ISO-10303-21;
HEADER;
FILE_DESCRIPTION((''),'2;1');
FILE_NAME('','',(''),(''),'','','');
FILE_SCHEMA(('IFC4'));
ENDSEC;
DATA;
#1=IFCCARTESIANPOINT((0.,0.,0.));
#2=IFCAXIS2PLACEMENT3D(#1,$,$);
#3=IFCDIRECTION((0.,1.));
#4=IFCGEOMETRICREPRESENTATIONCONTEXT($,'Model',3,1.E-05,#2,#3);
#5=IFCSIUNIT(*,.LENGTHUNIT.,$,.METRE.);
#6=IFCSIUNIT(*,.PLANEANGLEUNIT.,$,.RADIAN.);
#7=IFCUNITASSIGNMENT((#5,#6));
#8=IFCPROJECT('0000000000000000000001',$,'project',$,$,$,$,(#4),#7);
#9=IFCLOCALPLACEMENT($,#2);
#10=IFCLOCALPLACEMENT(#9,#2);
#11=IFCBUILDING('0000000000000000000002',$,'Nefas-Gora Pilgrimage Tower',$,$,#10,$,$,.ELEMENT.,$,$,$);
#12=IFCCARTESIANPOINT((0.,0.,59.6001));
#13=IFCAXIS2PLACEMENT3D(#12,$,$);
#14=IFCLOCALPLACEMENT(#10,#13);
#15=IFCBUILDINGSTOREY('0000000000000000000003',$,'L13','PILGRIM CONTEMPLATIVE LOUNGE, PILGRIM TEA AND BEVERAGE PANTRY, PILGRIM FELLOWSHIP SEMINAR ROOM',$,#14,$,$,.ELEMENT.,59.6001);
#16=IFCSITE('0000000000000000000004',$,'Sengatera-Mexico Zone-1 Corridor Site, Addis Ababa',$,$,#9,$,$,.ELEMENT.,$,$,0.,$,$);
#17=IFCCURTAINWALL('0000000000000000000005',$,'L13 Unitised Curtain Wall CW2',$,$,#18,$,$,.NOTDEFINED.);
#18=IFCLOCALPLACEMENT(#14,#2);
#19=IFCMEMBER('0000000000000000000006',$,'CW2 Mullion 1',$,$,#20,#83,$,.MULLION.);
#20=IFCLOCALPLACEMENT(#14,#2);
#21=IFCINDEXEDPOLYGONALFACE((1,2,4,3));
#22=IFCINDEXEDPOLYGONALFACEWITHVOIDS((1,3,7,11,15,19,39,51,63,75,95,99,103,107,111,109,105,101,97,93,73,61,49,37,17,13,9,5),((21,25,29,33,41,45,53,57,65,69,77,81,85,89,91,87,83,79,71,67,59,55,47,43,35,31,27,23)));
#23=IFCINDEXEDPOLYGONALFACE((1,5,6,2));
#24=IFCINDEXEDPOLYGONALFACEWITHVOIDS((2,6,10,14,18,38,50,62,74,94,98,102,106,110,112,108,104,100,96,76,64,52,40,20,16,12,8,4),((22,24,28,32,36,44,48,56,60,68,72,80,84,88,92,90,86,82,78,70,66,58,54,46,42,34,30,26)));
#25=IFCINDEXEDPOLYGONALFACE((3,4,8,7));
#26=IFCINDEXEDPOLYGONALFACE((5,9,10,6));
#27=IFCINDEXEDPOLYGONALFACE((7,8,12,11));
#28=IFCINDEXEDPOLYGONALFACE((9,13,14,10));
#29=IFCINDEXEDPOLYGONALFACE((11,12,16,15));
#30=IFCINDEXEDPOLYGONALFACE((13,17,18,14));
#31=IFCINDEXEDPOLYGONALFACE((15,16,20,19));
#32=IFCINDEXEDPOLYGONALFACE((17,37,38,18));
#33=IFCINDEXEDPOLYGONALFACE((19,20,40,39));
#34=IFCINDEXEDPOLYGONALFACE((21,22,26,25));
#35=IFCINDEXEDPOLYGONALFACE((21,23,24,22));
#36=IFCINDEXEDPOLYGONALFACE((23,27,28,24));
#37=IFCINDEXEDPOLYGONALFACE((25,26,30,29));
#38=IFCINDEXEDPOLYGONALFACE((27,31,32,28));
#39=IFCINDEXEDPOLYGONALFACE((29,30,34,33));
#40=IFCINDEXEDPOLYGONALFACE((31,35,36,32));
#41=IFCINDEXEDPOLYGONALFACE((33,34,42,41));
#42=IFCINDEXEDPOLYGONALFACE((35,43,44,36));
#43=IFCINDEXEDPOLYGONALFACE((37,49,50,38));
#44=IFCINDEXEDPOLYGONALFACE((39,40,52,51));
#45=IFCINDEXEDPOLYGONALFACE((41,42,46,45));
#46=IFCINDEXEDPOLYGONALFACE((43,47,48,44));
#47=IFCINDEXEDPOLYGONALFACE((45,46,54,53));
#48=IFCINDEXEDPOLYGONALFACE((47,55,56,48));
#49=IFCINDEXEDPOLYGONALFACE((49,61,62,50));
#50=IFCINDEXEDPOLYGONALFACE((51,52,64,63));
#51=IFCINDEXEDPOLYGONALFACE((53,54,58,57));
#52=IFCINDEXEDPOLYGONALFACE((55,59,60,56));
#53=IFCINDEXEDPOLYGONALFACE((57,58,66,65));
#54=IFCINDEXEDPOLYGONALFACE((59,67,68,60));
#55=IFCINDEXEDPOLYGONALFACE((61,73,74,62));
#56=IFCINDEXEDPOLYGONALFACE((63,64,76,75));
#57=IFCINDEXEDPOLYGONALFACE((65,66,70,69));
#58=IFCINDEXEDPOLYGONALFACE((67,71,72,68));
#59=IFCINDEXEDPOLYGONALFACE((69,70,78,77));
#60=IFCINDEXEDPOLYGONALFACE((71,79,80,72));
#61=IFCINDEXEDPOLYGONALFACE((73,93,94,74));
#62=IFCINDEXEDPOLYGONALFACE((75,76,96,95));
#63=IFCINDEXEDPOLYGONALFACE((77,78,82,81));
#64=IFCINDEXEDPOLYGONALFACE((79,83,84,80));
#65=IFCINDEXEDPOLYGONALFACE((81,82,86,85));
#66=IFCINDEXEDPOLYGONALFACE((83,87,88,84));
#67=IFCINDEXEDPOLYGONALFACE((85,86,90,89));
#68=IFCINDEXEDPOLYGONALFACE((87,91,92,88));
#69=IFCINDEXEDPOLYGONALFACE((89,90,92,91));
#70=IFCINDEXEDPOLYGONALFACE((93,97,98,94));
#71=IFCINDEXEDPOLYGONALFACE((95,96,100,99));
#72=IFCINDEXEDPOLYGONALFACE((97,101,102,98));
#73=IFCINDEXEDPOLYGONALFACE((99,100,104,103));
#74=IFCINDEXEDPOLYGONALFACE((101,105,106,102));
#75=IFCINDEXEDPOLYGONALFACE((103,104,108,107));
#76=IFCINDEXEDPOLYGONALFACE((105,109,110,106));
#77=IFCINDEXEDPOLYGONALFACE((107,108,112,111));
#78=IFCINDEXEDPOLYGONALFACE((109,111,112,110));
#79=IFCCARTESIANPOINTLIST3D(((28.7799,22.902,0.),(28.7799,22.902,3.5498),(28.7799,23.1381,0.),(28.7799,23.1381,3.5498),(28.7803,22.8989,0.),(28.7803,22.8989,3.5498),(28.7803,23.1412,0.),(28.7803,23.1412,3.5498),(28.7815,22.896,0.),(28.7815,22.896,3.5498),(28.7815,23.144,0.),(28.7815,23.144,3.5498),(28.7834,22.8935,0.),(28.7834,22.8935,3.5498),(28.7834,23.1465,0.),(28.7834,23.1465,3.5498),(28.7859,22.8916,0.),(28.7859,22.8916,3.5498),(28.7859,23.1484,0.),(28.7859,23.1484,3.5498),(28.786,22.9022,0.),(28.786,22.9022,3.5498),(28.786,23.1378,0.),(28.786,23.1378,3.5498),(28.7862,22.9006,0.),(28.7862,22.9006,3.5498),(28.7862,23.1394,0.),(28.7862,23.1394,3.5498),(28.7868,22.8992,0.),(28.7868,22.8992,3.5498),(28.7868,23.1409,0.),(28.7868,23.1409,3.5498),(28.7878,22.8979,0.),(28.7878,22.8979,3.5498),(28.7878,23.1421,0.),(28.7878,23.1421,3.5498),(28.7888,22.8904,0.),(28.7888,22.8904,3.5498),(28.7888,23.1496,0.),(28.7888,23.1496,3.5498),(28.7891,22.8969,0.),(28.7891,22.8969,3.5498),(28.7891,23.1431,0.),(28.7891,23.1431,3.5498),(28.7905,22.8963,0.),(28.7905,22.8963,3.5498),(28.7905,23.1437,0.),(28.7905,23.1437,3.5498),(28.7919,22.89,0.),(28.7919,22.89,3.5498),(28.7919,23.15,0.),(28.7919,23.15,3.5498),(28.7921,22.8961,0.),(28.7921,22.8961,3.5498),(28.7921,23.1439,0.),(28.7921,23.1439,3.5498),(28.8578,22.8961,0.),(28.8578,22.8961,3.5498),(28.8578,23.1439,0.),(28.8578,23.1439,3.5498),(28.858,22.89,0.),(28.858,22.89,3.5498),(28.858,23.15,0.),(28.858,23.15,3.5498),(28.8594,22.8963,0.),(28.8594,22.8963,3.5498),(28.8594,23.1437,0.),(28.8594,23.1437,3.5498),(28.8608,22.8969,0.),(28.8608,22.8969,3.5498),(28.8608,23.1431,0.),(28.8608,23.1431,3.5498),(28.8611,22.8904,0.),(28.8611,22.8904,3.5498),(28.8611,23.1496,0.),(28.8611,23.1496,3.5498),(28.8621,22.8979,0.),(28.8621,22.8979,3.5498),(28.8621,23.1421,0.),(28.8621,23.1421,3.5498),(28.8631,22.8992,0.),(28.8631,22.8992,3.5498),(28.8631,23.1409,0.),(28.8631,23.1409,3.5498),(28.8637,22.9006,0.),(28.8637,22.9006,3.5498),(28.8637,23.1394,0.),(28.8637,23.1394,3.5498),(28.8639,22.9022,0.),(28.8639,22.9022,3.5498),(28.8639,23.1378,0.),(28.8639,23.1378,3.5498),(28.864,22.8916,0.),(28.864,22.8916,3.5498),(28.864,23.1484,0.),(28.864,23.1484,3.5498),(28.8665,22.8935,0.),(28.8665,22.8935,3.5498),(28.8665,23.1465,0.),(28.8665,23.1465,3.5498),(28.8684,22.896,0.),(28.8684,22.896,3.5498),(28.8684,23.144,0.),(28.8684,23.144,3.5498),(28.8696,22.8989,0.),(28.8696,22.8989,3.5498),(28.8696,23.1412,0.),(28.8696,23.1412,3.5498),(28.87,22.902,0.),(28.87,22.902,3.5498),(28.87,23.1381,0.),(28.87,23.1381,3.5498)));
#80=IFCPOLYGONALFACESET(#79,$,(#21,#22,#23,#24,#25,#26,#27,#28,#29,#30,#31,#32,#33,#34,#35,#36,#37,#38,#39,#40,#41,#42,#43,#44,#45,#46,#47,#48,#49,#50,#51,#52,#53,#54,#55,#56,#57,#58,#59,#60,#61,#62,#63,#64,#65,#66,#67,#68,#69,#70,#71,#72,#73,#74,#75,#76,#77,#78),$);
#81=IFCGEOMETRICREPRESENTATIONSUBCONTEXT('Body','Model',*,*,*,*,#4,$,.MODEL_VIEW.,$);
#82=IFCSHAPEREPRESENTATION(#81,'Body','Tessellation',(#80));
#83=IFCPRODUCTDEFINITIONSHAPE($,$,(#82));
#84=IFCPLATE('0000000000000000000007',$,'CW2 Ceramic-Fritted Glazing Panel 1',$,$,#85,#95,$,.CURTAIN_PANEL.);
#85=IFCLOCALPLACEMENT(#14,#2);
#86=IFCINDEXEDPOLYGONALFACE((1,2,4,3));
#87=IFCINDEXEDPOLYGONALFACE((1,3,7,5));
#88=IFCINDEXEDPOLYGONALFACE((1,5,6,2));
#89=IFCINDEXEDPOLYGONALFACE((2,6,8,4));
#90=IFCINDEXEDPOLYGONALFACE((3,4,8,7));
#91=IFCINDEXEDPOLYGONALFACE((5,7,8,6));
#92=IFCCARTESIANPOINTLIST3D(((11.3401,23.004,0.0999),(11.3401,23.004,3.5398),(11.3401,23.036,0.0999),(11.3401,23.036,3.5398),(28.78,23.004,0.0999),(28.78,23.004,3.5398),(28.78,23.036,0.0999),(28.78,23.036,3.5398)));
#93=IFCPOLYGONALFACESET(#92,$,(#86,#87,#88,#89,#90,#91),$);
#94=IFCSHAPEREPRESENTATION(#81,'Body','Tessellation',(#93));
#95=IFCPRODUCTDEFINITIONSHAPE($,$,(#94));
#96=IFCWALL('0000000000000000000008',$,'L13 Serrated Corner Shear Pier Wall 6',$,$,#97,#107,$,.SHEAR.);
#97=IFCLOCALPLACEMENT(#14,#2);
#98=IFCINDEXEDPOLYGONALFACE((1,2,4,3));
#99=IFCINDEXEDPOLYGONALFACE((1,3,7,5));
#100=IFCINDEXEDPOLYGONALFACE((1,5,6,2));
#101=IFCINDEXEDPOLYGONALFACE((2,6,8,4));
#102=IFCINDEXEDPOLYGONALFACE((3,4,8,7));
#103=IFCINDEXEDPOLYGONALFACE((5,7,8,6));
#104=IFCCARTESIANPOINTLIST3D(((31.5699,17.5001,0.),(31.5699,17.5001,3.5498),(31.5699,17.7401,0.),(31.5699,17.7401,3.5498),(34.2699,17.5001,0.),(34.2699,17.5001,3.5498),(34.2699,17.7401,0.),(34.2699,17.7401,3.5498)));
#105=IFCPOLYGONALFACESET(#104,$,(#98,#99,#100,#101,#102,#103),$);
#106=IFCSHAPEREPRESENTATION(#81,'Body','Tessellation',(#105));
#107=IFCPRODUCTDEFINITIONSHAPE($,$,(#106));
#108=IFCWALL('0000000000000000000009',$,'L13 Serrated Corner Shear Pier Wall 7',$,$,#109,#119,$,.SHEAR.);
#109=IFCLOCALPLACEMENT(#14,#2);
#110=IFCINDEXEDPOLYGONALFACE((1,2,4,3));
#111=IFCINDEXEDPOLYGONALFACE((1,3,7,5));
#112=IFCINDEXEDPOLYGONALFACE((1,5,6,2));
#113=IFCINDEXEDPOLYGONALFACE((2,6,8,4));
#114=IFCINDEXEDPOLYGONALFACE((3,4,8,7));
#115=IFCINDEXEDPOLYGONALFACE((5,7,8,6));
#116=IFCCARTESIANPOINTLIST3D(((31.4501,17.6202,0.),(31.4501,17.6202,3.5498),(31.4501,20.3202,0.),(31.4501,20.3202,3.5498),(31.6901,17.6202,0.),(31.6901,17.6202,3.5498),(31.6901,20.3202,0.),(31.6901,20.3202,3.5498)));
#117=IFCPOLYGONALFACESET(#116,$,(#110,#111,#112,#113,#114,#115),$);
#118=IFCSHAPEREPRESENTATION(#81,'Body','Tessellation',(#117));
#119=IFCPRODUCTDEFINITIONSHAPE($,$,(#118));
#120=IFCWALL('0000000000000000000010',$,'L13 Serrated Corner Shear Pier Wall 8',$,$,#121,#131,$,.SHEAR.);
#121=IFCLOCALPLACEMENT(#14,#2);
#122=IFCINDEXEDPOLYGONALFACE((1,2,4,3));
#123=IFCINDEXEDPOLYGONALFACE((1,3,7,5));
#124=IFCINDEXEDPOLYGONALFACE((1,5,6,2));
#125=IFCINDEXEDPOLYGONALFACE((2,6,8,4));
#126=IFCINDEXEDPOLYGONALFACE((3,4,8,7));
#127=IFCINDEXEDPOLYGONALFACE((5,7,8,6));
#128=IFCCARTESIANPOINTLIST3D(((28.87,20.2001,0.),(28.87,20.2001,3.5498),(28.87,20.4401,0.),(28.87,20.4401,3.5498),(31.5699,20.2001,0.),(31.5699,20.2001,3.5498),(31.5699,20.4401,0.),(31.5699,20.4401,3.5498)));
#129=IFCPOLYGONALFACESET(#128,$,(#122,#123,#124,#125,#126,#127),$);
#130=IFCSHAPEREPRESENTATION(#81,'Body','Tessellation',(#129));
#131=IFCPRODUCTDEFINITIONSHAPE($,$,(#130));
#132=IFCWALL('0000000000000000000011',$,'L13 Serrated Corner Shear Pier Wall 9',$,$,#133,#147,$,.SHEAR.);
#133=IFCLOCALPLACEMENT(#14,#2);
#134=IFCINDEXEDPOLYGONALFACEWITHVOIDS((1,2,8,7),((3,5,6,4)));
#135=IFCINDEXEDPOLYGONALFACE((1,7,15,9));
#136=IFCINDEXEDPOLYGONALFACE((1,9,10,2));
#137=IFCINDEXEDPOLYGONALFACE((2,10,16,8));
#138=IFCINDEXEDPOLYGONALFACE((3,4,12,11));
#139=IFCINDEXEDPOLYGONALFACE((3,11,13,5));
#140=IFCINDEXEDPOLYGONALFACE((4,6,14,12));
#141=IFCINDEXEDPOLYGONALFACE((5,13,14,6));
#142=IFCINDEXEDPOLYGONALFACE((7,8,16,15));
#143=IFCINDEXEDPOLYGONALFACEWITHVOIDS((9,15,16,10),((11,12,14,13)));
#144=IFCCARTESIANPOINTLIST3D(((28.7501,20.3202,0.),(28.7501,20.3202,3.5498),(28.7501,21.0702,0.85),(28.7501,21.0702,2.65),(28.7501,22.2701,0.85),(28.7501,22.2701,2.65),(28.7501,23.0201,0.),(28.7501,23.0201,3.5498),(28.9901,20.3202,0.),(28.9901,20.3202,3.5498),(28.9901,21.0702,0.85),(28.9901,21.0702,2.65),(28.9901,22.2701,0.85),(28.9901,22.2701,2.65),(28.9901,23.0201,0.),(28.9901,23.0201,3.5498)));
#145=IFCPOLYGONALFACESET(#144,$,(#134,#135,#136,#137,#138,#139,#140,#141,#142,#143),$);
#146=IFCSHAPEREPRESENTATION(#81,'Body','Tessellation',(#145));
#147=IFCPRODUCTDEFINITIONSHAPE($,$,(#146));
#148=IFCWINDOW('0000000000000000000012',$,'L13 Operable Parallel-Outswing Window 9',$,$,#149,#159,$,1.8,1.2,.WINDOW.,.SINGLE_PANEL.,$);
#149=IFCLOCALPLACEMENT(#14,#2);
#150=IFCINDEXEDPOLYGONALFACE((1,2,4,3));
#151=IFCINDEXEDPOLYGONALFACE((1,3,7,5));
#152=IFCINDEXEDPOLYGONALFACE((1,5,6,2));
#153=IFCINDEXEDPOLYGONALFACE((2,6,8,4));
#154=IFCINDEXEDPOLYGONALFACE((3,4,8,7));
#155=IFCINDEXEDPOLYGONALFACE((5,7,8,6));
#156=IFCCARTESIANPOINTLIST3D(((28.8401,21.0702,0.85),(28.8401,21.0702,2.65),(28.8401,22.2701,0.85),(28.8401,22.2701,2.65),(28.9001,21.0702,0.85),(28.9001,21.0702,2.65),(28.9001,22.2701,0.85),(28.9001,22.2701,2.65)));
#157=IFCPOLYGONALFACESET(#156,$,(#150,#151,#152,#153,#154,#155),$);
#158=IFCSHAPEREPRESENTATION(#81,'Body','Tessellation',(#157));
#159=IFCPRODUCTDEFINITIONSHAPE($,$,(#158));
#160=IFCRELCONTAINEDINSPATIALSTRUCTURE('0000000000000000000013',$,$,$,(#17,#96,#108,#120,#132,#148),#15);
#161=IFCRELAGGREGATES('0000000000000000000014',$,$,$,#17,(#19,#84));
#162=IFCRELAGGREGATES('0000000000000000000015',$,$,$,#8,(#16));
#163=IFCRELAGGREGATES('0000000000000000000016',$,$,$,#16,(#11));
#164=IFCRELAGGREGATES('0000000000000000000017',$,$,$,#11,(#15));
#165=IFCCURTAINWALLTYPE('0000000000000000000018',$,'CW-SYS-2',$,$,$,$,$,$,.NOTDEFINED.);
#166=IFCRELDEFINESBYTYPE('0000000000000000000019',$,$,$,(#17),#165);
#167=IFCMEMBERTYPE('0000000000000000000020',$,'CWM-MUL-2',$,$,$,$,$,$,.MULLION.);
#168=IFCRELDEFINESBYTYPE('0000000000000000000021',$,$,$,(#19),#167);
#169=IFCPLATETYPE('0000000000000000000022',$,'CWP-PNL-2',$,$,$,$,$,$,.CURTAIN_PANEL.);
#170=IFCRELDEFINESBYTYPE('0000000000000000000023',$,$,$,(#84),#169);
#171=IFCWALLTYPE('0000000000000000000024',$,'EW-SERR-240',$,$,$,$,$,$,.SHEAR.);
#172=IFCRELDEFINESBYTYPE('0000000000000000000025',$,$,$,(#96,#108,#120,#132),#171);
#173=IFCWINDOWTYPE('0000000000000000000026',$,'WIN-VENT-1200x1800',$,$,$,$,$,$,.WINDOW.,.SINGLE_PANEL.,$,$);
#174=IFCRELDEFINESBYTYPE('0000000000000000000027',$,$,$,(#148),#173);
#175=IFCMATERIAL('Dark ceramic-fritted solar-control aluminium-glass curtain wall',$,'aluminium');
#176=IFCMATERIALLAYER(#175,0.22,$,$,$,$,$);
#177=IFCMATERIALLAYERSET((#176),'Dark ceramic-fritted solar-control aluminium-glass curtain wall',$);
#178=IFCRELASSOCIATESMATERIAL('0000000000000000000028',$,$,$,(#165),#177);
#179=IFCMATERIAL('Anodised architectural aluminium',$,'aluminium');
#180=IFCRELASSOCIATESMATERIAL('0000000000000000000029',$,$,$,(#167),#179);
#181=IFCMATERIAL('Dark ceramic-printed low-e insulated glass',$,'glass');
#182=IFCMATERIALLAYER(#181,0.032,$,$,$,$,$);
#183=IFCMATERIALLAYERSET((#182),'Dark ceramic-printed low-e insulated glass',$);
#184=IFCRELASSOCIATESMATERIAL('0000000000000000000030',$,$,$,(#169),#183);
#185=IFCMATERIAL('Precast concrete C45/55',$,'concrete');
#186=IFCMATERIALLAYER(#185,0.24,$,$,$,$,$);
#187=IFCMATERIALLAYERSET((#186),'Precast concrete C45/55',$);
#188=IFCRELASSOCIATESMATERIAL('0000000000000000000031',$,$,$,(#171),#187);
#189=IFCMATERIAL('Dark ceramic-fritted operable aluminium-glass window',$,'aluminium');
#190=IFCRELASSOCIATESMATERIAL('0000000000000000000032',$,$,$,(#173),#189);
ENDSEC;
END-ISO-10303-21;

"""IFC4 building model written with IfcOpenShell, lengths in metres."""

from ifc_helpers import new_model, si_unit, direction, frame, frame_2d, origin, origin_2d, place, context, subcontext, project, spatial, rectangle, hollow_rectangle, extrude, source, transform, mapped, material, layer, layer_set, material_profile, profile_set, type_object, element, fill, aggregate, save


model = new_model("IFC4")

# Units and contexts
model_context = context("Model", 3, precision=1e-05, world=origin(), true_north=direction((0.0, 1.0)))
body_context = subcontext(model_context, "Body", "Model", "MODEL_VIEW")
ifc_project = project(units=[si_unit("LENGTHUNIT", "METRE"), si_unit("PLANEANGLEUNIT", "RADIAN")], contexts=[model_context])

# Site, building, storey
site_placement = place(None, origin())
site = spatial("IfcSite", under=ifc_project, at=site_placement, Name="Sengatera-Mexico Zone-1 Corridor Site, Addis Ababa", CompositionType="ELEMENT", RefElevation=0.0)
building_placement = place(site_placement, origin())
building = spatial("IfcBuilding", under=site, at=building_placement, Name="Nefas-Gora Pilgrimage Tower", CompositionType="ELEMENT")
storey_placement = place(building_placement, frame((0.0, 0.0, 59.6001)))
storey = spatial("IfcBuildingStorey", under=building, at=storey_placement, Name="L13", Description="PILGRIM CONTEMPLATIVE LOUNGE, PILGRIM TEA AND BEVERAGE PANTRY, PILGRIM FELLOWSHIP SEMINAR ROOM", CompositionType="ELEMENT", Elevation=59.6001)

# Curtain wall
ifc_material_1 = material(Name="Dark ceramic-fritted solar-control aluminium-glass curtain wall", Category="aluminium")
ifc_layer_1 = layer(ifc_material_1, 0.22)
ifc_layer_set_1 = layer_set([ifc_layer_1], Name="Dark ceramic-fritted solar-control aluminium-glass curtain wall")
curtain_wall_type = type_object("IfcCurtainWallType", Name="CW-SYS-2", PredefinedType="NOTDEFINED", material=ifc_layer_set_1)
curtain_wall_1_placement = place(storey_placement, origin())
curtain_wall_1 = element("IfcCurtainWall", 1, at=curtain_wall_1_placement, inside=storey, type_object=curtain_wall_type, Name="L13 Unitised Curtain Wall CW2", PredefinedType="NOTDEFINED")
ifc_material_2 = material(Name="Anodised architectural aluminium", Category="aluminium")
ifc_material_profile_1 = material_profile(ifc_material_2, hollow_rectangle(XDim=0.0901, YDim=0.26, WallThickness=0.0061, InnerFilletRadius=0.0061, OuterFilletRadius=0.012, at=origin_2d()), Name="ALU MULLION 90x260")
ifc_profile_set_1 = profile_set([ifc_material_profile_1], Name="Anodised architectural aluminium")
member_type_1 = type_object("IfcMemberType", Name="CWM-MUL-2", PredefinedType="MULLION", material=ifc_profile_set_1)
shared_shape_1 = source(origin(), body_context, "Body", "SweptSolid", [
    extrude(hollow_rectangle(XDim=0.0901, YDim=0.26, WallThickness=0.0061, InnerFilletRadius=0.0061, OuterFilletRadius=0.012, at=origin_2d()), origin(), (0.0, 0.0, 1.0), 3.5498),
])

# Member
member_1_placement = place(storey_placement, frame((28.825, 23.02, 0.0), z_axis=(0.0, 0.0, 1.0), x_axis=(-1.0, 0.0, 0.0)))
member_1 = element("IfcMember", 2, at=member_1_placement, type_object=member_type_1, Name="CW2 Mullion 1", PredefinedType="MULLION", context=body_context, shape_type="MappedRepresentation", body=[
    mapped(shared_shape_1, transform((0.0, 0.0, 0.0), x_axis=(1.0, 0.0, 0.0), y_axis=(0.0, 1.0, 0.0), z_axis=(0.0, 0.0, 1.0), scale=1.0)),
])

# Plate
ifc_material_3 = material(Name="Dark ceramic-printed low-e insulated glass", Category="glass")
ifc_layer_2 = layer(ifc_material_3, 0.032)
ifc_layer_set_2 = layer_set([ifc_layer_2], Name="Dark ceramic-printed low-e insulated glass")
plate_type = type_object("IfcPlateType", Name="CWP-PNL-2", PredefinedType="CURTAIN_PANEL", material=ifc_layer_set_2)
shared_shape_2 = source(origin(), body_context, "Body", "SweptSolid", [
    extrude(rectangle(XDim=17.4399, YDim=0.032, at=origin_2d()), origin(), (0.0, 0.0, 1.0), 3.4399),
])
plate_placement = place(storey_placement, frame((20.0601, 23.02, 0.0999), z_axis=(0.0, 0.0, 1.0), x_axis=(-1.0, 0.0, 0.0)))
plate = element("IfcPlate", 3, at=plate_placement, type_object=plate_type, Name="CW2 Ceramic-Fritted Glazing Panel 1", PredefinedType="CURTAIN_PANEL", context=body_context, shape_type="MappedRepresentation", body=[
    mapped(shared_shape_2, transform((0.0, 0.0, 0.0), x_axis=(1.0, 0.0, 0.0), y_axis=(0.0, 1.0, 0.0), z_axis=(0.0, 0.0, 1.0), scale=1.0)),
])
aggregate(curtain_wall_1, [member_1, plate])

# Walls
ifc_material_4 = material(Name="Precast concrete C45/55", Category="concrete")
ifc_layer_3 = layer(ifc_material_4, 0.24)
ifc_layer_set_3 = layer_set([ifc_layer_3], Name="Precast concrete C45/55")
wall_type = type_object("IfcWallType", Name="EW-SERR-240", PredefinedType="SHEAR", material=ifc_layer_set_3)
shared_shape_3 = source(origin(), body_context, "Body", "SweptSolid", [
    extrude(rectangle(XDim=2.7, YDim=0.24, at=frame_2d((1.3501, 0.0))), origin(), (0.0, 0.0, 1.0), 3.5498),
])
for number, where, z_axis, x_axis, name in (
    (4, (34.27, 17.6201, 0.0), (0.0, 0.0, 1.0), (-1.0, 0.0, 0.0), "L13 Serrated Corner Shear Pier Wall 6"),
    (5, (31.5701, 17.6201, 0.0), (0.0, 0.0, 1.0), (0.0, 1.0, 0.0), "L13 Serrated Corner Shear Pier Wall 7"),
    (6, (31.5701, 20.3201, 0.0), (0.0, 0.0, 1.0), (-1.0, 0.0, 0.0), "L13 Serrated Corner Shear Pier Wall 8"),
):
    element("IfcWall", number, at=place(storey_placement, frame(where, z_axis=z_axis, x_axis=x_axis)), inside=storey, type_object=wall_type, Name=name, PredefinedType="SHEAR", context=body_context, shape_type="MappedRepresentation", body=[
        mapped(shared_shape_3, transform((0.0, 0.0, 0.0), x_axis=(1.0, 0.0, 0.0), y_axis=(0.0, 1.0, 0.0), z_axis=(0.0, 0.0, 1.0), scale=1.0)),
    ])

# Wall, opening, window
wall_placement = place(storey_placement, frame((28.8701, 20.3201, 0.0), z_axis=(0.0, 0.0, 1.0), x_axis=(0.0, 1.0, 0.0)))
wall = element("IfcWall", 7, at=wall_placement, inside=storey, type_object=wall_type, Name="L13 Serrated Corner Shear Pier Wall 9", PredefinedType="SHEAR", context=body_context, shape_type="MappedRepresentation", body=[
    mapped(shared_shape_3, transform((0.0, 0.0, 0.0), x_axis=(1.0, 0.0, 0.0), y_axis=(0.0, 1.0, 0.0), z_axis=(0.0, 0.0, 1.0), scale=1.0)),
])
opening_placement = place(wall_placement, frame((0.75, 0.0, 0.8501)))
opening = element("IfcOpeningElement", 8, at=opening_placement, cuts=wall, PredefinedType="OPENING", context=body_context, shape_type="SweptSolid", body=[
    extrude(rectangle(XDim=1.2, YDim=1.8, at=frame_2d((0.6001, 0.8999))), frame((0.0, 0.1299, 0.0), z_axis=(0.0, -1.0, 0.0), x_axis=(1.0, 0.0, 0.0)), (0.0, 0.0, 1.0), 0.26),
])
ifc_material_5 = material(Name="Dark ceramic-fritted operable aluminium-glass window", Category="aluminium")
window_type = type_object("IfcWindowType", Name="WIN-VENT-1200x1800", PartitioningType="SINGLE_PANEL", PredefinedType="WINDOW", material=ifc_material_5)
shared_shape_4 = source(origin(), body_context, "Body", "SweptSolid", [
    extrude(rectangle(XDim=1.2, YDim=1.8, at=frame_2d((0.6001, 0.8999))), frame((0.0, 0.03, 0.0), z_axis=(0.0, -1.0, 0.0), x_axis=(1.0, 0.0, 0.0)), (0.0, 0.0, 1.0), 0.0601),
])
window_placement = place(opening_placement, origin())
window = element("IfcWindow", 9, at=window_placement, inside=storey, type_object=window_type, Name="L13 Operable Parallel-Outswing Window 9", OverallHeight=1.8, OverallWidth=1.2, PartitioningType="SINGLE_PANEL", PredefinedType="WINDOW", context=body_context, shape_type="MappedRepresentation", body=[
    mapped(shared_shape_4, transform((0.0, 0.0, 0.0), x_axis=(1.0, 0.0, 0.0), y_axis=(0.0, 1.0, 0.0), z_axis=(0.0, 0.0, 1.0), scale=1.0)),
])
fill(opening, window)

save(model, "model.ifc")
